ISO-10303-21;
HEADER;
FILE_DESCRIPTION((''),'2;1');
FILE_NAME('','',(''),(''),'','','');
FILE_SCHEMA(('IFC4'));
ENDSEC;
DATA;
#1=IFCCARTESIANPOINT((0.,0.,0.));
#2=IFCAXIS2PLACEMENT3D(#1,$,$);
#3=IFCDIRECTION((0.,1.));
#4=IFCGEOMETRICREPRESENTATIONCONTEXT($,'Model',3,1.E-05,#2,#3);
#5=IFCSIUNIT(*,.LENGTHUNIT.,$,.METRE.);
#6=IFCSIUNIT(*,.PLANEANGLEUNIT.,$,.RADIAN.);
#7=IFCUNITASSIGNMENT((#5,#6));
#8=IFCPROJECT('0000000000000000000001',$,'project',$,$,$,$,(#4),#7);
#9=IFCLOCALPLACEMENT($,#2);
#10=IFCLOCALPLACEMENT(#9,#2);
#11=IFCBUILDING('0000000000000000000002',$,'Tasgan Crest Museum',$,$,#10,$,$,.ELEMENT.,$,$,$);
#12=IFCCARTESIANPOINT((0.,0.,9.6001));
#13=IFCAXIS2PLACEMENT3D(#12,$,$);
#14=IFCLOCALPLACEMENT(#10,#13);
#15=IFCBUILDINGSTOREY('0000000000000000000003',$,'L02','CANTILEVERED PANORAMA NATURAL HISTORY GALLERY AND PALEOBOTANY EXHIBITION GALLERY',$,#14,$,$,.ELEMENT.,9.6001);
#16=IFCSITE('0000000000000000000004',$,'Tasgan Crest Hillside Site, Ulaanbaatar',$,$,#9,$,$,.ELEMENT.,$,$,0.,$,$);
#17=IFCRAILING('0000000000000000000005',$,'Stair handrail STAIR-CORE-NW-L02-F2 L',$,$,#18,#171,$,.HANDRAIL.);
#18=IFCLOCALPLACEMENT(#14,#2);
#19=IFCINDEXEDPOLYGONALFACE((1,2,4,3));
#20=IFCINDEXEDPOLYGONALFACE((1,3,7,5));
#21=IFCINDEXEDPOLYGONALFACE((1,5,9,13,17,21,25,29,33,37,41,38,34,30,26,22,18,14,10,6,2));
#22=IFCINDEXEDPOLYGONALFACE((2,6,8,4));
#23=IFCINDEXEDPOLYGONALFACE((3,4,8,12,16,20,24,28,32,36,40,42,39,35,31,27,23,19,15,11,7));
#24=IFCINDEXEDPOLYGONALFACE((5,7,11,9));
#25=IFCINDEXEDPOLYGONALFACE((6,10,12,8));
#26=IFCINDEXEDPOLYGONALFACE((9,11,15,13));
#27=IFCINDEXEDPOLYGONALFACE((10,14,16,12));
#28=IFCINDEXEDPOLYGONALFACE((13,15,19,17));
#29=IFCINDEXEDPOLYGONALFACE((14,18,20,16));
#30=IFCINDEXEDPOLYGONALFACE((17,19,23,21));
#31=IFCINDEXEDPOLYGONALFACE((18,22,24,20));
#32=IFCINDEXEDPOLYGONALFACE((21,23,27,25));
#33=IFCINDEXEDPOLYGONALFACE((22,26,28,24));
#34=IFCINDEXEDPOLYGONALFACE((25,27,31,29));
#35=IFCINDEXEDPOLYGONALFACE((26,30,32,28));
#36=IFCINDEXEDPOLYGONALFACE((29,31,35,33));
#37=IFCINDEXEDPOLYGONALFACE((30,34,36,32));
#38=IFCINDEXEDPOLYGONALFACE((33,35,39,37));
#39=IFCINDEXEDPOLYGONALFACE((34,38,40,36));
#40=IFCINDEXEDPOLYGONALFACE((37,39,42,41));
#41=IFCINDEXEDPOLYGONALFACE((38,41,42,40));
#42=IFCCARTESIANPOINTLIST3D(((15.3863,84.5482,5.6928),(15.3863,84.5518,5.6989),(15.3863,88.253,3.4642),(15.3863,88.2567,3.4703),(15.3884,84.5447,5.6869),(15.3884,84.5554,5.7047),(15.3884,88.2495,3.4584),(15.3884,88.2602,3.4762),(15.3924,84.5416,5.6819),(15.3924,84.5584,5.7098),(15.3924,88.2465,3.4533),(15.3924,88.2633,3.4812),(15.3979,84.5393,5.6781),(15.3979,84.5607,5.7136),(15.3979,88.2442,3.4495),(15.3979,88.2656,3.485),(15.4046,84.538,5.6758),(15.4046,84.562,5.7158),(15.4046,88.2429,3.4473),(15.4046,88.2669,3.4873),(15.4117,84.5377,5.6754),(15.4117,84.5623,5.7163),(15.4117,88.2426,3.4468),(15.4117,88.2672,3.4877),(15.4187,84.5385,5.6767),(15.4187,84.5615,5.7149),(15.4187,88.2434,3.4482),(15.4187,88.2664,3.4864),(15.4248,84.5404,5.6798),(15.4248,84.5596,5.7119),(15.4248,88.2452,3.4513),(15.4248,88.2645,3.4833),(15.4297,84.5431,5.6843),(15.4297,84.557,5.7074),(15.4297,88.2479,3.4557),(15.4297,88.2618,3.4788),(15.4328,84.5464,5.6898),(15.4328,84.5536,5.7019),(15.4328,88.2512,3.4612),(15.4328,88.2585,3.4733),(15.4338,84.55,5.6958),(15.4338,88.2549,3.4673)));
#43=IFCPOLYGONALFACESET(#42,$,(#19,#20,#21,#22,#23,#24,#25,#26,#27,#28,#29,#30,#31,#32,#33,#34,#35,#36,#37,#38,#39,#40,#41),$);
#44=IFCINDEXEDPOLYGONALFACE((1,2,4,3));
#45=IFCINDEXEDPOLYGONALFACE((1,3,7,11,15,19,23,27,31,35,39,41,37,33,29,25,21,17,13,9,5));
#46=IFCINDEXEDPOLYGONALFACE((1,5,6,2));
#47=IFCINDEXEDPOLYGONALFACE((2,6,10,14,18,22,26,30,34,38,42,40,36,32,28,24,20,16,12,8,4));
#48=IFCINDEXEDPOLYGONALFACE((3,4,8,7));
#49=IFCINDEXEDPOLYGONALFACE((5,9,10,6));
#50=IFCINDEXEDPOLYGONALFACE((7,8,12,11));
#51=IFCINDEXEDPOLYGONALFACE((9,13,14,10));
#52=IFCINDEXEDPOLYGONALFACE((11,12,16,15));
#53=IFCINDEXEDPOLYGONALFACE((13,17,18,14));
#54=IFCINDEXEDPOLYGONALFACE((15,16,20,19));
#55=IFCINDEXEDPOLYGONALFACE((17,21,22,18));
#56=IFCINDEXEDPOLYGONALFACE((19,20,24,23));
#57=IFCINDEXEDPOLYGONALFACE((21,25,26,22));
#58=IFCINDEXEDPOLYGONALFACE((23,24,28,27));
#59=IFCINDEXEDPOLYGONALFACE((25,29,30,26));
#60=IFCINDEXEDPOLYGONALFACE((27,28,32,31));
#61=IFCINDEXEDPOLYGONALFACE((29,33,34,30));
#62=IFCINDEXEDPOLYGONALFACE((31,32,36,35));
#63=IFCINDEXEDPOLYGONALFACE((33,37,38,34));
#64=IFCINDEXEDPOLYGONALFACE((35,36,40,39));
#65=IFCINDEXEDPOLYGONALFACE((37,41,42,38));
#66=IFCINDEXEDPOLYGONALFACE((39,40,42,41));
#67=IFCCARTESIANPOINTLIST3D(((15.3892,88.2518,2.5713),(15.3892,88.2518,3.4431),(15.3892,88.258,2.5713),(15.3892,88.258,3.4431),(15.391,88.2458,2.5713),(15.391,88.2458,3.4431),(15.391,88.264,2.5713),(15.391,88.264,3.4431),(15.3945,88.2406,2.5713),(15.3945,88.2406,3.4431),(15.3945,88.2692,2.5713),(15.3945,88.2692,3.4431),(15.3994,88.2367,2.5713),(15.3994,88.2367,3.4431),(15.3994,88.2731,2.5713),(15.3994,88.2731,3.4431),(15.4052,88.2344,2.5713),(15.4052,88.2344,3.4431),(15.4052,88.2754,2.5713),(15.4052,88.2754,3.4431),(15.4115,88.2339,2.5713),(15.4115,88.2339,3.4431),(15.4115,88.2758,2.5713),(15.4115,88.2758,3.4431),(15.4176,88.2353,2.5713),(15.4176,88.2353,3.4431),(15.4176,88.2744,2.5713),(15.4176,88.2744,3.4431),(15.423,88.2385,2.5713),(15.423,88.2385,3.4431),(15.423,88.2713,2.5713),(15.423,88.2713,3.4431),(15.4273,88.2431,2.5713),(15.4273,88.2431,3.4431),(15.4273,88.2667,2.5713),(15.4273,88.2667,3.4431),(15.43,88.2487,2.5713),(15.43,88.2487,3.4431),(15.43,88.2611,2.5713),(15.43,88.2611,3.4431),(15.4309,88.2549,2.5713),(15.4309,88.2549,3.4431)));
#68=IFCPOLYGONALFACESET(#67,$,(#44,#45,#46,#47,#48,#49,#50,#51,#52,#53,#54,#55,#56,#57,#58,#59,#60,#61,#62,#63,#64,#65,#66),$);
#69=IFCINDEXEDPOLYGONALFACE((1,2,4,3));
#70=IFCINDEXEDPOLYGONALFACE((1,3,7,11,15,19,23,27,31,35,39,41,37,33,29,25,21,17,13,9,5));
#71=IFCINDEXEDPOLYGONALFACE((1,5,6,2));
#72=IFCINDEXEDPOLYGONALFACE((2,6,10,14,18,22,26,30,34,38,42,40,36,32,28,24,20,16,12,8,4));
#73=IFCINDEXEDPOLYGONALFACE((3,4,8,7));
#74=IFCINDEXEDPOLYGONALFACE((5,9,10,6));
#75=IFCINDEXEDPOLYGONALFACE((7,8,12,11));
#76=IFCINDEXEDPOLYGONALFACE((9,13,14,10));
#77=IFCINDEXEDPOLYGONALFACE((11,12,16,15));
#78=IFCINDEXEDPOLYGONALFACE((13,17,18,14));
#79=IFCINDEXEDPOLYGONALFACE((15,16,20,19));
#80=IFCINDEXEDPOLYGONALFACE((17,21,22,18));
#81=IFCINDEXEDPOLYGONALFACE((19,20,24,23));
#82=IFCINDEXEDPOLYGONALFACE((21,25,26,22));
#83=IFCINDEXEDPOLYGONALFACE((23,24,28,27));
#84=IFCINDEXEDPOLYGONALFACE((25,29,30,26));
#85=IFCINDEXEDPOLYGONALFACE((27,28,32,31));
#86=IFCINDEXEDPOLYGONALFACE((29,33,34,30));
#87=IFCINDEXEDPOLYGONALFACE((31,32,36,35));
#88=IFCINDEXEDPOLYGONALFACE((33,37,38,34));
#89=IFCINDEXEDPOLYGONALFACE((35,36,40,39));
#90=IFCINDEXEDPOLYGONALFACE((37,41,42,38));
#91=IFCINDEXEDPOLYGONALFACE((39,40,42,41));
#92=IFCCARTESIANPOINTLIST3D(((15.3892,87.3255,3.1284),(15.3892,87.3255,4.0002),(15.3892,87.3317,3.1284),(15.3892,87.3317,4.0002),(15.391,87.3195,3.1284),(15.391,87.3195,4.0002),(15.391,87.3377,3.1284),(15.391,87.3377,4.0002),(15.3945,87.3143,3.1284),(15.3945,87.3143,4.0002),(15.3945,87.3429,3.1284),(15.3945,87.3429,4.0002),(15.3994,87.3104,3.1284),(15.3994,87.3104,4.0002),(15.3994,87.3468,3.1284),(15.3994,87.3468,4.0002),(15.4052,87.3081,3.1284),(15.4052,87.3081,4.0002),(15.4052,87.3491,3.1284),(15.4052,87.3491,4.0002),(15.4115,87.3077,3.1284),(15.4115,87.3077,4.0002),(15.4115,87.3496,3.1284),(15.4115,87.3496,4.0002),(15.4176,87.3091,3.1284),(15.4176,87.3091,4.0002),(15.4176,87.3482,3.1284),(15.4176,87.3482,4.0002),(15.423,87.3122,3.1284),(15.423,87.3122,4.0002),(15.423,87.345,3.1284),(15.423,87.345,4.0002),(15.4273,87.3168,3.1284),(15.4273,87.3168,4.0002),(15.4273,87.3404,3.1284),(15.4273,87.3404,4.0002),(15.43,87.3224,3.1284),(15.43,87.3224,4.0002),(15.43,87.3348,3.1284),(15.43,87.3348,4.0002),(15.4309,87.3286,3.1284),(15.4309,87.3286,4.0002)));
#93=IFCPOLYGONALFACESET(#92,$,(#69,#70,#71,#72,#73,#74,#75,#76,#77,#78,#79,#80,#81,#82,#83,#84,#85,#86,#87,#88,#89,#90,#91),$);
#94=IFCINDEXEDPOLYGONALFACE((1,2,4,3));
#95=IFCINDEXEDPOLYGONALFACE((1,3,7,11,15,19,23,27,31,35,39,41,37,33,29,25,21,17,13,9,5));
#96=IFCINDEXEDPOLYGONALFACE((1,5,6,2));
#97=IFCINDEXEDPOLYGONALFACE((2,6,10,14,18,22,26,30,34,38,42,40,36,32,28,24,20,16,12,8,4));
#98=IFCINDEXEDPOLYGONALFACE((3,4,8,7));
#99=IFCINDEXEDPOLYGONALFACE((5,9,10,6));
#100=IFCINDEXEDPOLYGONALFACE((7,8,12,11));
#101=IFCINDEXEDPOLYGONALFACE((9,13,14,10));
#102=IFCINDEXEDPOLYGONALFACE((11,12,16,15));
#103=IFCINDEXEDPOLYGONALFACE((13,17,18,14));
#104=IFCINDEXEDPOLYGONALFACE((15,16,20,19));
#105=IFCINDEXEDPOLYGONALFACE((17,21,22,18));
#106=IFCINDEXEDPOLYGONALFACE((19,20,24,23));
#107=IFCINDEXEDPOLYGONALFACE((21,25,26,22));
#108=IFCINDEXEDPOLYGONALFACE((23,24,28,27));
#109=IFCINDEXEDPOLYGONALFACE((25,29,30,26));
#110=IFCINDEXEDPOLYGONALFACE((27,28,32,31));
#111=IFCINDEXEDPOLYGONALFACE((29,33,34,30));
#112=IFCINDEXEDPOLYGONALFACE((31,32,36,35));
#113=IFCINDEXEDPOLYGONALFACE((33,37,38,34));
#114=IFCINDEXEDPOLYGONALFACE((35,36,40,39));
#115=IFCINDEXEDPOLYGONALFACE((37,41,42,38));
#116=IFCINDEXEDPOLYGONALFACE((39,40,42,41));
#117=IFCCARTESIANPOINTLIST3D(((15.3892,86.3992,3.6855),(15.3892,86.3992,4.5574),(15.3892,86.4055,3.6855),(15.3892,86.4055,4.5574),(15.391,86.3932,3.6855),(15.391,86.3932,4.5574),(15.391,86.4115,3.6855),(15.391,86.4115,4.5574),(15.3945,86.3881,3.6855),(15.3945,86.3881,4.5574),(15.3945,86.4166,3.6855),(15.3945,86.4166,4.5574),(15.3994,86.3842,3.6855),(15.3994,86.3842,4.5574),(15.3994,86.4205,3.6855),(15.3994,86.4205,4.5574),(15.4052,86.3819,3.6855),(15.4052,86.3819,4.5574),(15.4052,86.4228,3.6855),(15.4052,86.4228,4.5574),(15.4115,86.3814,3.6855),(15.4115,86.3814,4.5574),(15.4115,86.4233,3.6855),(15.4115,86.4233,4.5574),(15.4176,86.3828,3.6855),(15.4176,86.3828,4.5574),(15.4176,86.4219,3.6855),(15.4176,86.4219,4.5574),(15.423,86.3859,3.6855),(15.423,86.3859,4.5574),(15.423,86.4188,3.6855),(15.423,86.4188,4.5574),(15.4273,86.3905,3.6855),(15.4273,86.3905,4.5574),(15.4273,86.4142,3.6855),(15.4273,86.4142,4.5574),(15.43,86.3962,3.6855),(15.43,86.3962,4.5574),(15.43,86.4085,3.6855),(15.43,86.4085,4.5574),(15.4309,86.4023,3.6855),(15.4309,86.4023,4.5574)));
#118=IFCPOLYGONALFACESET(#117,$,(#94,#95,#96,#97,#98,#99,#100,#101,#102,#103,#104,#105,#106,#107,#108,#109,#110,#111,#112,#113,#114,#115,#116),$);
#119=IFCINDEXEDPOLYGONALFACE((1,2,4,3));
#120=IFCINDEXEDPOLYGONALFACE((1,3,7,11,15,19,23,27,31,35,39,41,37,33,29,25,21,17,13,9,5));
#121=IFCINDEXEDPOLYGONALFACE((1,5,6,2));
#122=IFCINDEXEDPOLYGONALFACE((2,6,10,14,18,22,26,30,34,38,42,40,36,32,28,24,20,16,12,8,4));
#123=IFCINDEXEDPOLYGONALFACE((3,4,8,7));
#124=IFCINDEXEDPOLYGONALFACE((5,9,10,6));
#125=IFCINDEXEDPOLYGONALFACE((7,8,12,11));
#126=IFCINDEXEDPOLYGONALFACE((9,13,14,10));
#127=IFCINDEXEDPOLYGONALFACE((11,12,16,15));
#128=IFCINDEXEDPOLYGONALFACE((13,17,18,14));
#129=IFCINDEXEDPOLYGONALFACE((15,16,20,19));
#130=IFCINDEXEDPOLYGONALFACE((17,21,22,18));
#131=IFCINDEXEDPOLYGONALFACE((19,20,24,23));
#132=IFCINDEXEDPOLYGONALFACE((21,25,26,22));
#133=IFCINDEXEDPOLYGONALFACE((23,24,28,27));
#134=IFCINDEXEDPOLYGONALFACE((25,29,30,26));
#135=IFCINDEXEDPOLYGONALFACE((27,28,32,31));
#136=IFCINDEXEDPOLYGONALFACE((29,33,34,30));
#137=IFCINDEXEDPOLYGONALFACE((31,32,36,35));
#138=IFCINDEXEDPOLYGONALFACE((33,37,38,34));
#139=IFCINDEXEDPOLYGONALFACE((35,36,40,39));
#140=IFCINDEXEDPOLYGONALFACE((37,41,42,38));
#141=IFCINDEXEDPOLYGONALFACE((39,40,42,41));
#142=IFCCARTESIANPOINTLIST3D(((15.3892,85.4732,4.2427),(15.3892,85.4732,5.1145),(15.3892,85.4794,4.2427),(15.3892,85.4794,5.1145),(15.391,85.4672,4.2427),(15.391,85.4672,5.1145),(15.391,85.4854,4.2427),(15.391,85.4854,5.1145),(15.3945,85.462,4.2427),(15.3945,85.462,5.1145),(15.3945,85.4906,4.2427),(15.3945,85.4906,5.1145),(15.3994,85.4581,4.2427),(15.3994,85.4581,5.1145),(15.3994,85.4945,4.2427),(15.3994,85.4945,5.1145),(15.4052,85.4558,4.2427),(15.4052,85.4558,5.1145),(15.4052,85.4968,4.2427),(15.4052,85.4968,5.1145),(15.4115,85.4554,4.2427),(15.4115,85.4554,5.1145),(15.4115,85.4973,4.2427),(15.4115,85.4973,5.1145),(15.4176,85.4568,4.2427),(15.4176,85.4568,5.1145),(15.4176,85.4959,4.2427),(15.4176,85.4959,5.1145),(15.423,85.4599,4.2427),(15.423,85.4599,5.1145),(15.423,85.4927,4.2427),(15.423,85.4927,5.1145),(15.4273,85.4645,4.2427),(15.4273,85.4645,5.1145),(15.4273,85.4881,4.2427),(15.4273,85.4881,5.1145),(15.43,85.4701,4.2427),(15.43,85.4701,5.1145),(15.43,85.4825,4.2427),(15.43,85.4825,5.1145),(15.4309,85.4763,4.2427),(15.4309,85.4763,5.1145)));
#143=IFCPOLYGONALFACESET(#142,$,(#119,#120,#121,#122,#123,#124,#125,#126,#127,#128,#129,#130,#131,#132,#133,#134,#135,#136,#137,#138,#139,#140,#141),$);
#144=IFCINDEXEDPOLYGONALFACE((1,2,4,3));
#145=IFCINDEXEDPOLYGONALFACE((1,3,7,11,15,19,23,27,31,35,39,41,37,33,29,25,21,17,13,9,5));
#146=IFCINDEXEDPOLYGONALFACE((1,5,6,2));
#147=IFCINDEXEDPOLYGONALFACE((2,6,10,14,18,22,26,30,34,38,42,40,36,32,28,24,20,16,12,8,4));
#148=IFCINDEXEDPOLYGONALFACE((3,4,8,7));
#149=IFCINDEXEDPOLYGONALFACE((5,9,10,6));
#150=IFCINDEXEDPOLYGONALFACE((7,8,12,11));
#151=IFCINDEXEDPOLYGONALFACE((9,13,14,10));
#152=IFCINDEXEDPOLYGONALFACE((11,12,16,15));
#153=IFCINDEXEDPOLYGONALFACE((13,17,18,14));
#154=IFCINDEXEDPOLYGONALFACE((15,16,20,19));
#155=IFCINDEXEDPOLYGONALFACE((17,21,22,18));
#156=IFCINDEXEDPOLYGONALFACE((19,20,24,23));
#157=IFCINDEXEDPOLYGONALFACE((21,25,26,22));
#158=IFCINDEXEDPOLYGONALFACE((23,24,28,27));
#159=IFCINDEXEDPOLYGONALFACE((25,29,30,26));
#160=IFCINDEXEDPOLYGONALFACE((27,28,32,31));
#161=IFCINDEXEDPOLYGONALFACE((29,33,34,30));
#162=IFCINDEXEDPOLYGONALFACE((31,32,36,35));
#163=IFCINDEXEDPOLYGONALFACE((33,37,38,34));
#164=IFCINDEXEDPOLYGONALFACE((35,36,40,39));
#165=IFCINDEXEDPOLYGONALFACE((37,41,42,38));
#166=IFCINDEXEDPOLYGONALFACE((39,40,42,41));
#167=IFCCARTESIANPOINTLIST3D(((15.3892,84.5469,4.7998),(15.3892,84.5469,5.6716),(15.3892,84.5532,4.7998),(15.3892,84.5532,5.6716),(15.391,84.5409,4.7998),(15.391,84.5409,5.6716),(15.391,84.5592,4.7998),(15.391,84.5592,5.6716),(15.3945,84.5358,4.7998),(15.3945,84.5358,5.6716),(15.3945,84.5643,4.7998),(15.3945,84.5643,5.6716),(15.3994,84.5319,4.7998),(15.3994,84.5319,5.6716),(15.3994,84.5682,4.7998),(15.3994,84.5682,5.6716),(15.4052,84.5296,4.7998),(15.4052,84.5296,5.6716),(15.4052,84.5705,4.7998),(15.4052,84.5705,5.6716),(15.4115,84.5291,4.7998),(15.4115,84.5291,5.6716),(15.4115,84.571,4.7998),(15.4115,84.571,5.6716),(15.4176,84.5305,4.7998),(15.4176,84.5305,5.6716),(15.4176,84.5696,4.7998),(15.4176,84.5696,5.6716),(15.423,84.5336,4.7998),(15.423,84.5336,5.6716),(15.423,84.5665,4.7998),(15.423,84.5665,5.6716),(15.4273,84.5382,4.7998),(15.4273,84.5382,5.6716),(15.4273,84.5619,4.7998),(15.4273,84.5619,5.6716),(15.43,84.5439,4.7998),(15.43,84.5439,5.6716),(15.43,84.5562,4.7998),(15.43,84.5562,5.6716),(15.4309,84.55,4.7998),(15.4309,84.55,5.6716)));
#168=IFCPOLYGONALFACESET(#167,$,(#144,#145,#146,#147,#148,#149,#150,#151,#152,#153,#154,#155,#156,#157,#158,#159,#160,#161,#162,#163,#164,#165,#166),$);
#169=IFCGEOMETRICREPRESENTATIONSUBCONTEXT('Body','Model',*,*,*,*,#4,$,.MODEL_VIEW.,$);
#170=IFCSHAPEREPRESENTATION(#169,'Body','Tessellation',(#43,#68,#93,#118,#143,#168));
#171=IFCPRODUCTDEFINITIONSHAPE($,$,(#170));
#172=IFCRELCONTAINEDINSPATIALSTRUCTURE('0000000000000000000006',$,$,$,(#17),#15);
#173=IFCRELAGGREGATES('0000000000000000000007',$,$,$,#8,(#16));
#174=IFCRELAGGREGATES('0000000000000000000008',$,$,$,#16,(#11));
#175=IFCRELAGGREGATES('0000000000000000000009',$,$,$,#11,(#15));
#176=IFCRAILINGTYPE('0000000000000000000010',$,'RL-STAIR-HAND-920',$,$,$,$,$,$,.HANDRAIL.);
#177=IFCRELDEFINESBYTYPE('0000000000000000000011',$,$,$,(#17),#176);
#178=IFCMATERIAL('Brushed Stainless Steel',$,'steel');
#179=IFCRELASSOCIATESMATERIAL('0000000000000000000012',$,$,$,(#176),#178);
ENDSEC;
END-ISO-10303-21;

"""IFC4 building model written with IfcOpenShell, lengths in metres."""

from ifc_helpers import new_model, si_unit, direction, frame, origin, origin_2d, place, context, subcontext, project, spatial, circle, extrude, material, type_object, element, save


model = new_model("IFC4")

# Units and contexts
model_context = context("Model", 3, precision=1e-05, world=origin(), true_north=direction((0.0, 1.0)))
body_context = subcontext(model_context, "Body", "Model", "MODEL_VIEW")
ifc_project = project(units=[si_unit("LENGTHUNIT", "METRE"), si_unit("PLANEANGLEUNIT", "RADIAN")], contexts=[model_context])

# Site, building, storey
site_placement = place(None, origin())
site = spatial("IfcSite", under=ifc_project, at=site_placement, Name="Tasgan Crest Hillside Site, Ulaanbaatar", CompositionType="ELEMENT", RefElevation=0.0)
building_placement = place(site_placement, origin())
building = spatial("IfcBuilding", under=site, at=building_placement, Name="Tasgan Crest Museum", CompositionType="ELEMENT")
storey_placement = place(building_placement, frame((0.0, 0.0, 9.6001)))
storey = spatial("IfcBuildingStorey", under=building, at=storey_placement, Name="L02", Description="CANTILEVERED PANORAMA NATURAL HISTORY GALLERY AND PALEOBOTANY EXHIBITION GALLERY", CompositionType="ELEMENT", Elevation=9.6001)

# Railing
ifc_material_1 = material(Name="Brushed Stainless Steel", Category="steel")
railing_type_1 = type_object("IfcRailingType", Name="RL-STAIR-HAND-920", PredefinedType="HANDRAIL", material=ifc_material_1)
for number, where, name in (
    (1, (15.4099, 88.2549, 2.5713), "Stair handrail STAIR-CORE-NW-L02-F2 L"),
):
    element("IfcRailing", number, at=place(storey_placement, frame(where)), inside=storey, type_object=railing_type_1, Name=name, PredefinedType="HANDRAIL", context=body_context, shape_type="SweptSolid", body=[
        extrude(circle(Radius=0.0239, at=origin_2d()), frame((0.0, 0.0, 0.896), z_axis=(0.0, -0.856919, 0.51545), x_axis=(1.0, 0.0, 0.0)), (0.0, 0.0, 1.0), 4.3235),
        extrude(circle(Radius=0.021, at=origin_2d()), origin(), (0.0, 0.0, 1.0), 0.8718),
        extrude(circle(Radius=0.021, at=origin_2d()), frame((0.0, -0.9263, 0.5571)), (0.0, 0.0, 1.0), 0.8718),
        extrude(circle(Radius=0.021, at=origin_2d()), frame((0.0, -1.8525, 1.1143)), (0.0, 0.0, 1.0), 0.8718),
        extrude(circle(Radius=0.021, at=origin_2d()), frame((0.0, -2.7786, 1.6714)), (0.0, 0.0, 1.0), 0.8718),
        extrude(circle(Radius=0.021, at=origin_2d()), frame((0.0, -3.7048, 2.2285)), (0.0, 0.0, 1.0), 0.8718),
    ])

save(model, "model.ifc")
